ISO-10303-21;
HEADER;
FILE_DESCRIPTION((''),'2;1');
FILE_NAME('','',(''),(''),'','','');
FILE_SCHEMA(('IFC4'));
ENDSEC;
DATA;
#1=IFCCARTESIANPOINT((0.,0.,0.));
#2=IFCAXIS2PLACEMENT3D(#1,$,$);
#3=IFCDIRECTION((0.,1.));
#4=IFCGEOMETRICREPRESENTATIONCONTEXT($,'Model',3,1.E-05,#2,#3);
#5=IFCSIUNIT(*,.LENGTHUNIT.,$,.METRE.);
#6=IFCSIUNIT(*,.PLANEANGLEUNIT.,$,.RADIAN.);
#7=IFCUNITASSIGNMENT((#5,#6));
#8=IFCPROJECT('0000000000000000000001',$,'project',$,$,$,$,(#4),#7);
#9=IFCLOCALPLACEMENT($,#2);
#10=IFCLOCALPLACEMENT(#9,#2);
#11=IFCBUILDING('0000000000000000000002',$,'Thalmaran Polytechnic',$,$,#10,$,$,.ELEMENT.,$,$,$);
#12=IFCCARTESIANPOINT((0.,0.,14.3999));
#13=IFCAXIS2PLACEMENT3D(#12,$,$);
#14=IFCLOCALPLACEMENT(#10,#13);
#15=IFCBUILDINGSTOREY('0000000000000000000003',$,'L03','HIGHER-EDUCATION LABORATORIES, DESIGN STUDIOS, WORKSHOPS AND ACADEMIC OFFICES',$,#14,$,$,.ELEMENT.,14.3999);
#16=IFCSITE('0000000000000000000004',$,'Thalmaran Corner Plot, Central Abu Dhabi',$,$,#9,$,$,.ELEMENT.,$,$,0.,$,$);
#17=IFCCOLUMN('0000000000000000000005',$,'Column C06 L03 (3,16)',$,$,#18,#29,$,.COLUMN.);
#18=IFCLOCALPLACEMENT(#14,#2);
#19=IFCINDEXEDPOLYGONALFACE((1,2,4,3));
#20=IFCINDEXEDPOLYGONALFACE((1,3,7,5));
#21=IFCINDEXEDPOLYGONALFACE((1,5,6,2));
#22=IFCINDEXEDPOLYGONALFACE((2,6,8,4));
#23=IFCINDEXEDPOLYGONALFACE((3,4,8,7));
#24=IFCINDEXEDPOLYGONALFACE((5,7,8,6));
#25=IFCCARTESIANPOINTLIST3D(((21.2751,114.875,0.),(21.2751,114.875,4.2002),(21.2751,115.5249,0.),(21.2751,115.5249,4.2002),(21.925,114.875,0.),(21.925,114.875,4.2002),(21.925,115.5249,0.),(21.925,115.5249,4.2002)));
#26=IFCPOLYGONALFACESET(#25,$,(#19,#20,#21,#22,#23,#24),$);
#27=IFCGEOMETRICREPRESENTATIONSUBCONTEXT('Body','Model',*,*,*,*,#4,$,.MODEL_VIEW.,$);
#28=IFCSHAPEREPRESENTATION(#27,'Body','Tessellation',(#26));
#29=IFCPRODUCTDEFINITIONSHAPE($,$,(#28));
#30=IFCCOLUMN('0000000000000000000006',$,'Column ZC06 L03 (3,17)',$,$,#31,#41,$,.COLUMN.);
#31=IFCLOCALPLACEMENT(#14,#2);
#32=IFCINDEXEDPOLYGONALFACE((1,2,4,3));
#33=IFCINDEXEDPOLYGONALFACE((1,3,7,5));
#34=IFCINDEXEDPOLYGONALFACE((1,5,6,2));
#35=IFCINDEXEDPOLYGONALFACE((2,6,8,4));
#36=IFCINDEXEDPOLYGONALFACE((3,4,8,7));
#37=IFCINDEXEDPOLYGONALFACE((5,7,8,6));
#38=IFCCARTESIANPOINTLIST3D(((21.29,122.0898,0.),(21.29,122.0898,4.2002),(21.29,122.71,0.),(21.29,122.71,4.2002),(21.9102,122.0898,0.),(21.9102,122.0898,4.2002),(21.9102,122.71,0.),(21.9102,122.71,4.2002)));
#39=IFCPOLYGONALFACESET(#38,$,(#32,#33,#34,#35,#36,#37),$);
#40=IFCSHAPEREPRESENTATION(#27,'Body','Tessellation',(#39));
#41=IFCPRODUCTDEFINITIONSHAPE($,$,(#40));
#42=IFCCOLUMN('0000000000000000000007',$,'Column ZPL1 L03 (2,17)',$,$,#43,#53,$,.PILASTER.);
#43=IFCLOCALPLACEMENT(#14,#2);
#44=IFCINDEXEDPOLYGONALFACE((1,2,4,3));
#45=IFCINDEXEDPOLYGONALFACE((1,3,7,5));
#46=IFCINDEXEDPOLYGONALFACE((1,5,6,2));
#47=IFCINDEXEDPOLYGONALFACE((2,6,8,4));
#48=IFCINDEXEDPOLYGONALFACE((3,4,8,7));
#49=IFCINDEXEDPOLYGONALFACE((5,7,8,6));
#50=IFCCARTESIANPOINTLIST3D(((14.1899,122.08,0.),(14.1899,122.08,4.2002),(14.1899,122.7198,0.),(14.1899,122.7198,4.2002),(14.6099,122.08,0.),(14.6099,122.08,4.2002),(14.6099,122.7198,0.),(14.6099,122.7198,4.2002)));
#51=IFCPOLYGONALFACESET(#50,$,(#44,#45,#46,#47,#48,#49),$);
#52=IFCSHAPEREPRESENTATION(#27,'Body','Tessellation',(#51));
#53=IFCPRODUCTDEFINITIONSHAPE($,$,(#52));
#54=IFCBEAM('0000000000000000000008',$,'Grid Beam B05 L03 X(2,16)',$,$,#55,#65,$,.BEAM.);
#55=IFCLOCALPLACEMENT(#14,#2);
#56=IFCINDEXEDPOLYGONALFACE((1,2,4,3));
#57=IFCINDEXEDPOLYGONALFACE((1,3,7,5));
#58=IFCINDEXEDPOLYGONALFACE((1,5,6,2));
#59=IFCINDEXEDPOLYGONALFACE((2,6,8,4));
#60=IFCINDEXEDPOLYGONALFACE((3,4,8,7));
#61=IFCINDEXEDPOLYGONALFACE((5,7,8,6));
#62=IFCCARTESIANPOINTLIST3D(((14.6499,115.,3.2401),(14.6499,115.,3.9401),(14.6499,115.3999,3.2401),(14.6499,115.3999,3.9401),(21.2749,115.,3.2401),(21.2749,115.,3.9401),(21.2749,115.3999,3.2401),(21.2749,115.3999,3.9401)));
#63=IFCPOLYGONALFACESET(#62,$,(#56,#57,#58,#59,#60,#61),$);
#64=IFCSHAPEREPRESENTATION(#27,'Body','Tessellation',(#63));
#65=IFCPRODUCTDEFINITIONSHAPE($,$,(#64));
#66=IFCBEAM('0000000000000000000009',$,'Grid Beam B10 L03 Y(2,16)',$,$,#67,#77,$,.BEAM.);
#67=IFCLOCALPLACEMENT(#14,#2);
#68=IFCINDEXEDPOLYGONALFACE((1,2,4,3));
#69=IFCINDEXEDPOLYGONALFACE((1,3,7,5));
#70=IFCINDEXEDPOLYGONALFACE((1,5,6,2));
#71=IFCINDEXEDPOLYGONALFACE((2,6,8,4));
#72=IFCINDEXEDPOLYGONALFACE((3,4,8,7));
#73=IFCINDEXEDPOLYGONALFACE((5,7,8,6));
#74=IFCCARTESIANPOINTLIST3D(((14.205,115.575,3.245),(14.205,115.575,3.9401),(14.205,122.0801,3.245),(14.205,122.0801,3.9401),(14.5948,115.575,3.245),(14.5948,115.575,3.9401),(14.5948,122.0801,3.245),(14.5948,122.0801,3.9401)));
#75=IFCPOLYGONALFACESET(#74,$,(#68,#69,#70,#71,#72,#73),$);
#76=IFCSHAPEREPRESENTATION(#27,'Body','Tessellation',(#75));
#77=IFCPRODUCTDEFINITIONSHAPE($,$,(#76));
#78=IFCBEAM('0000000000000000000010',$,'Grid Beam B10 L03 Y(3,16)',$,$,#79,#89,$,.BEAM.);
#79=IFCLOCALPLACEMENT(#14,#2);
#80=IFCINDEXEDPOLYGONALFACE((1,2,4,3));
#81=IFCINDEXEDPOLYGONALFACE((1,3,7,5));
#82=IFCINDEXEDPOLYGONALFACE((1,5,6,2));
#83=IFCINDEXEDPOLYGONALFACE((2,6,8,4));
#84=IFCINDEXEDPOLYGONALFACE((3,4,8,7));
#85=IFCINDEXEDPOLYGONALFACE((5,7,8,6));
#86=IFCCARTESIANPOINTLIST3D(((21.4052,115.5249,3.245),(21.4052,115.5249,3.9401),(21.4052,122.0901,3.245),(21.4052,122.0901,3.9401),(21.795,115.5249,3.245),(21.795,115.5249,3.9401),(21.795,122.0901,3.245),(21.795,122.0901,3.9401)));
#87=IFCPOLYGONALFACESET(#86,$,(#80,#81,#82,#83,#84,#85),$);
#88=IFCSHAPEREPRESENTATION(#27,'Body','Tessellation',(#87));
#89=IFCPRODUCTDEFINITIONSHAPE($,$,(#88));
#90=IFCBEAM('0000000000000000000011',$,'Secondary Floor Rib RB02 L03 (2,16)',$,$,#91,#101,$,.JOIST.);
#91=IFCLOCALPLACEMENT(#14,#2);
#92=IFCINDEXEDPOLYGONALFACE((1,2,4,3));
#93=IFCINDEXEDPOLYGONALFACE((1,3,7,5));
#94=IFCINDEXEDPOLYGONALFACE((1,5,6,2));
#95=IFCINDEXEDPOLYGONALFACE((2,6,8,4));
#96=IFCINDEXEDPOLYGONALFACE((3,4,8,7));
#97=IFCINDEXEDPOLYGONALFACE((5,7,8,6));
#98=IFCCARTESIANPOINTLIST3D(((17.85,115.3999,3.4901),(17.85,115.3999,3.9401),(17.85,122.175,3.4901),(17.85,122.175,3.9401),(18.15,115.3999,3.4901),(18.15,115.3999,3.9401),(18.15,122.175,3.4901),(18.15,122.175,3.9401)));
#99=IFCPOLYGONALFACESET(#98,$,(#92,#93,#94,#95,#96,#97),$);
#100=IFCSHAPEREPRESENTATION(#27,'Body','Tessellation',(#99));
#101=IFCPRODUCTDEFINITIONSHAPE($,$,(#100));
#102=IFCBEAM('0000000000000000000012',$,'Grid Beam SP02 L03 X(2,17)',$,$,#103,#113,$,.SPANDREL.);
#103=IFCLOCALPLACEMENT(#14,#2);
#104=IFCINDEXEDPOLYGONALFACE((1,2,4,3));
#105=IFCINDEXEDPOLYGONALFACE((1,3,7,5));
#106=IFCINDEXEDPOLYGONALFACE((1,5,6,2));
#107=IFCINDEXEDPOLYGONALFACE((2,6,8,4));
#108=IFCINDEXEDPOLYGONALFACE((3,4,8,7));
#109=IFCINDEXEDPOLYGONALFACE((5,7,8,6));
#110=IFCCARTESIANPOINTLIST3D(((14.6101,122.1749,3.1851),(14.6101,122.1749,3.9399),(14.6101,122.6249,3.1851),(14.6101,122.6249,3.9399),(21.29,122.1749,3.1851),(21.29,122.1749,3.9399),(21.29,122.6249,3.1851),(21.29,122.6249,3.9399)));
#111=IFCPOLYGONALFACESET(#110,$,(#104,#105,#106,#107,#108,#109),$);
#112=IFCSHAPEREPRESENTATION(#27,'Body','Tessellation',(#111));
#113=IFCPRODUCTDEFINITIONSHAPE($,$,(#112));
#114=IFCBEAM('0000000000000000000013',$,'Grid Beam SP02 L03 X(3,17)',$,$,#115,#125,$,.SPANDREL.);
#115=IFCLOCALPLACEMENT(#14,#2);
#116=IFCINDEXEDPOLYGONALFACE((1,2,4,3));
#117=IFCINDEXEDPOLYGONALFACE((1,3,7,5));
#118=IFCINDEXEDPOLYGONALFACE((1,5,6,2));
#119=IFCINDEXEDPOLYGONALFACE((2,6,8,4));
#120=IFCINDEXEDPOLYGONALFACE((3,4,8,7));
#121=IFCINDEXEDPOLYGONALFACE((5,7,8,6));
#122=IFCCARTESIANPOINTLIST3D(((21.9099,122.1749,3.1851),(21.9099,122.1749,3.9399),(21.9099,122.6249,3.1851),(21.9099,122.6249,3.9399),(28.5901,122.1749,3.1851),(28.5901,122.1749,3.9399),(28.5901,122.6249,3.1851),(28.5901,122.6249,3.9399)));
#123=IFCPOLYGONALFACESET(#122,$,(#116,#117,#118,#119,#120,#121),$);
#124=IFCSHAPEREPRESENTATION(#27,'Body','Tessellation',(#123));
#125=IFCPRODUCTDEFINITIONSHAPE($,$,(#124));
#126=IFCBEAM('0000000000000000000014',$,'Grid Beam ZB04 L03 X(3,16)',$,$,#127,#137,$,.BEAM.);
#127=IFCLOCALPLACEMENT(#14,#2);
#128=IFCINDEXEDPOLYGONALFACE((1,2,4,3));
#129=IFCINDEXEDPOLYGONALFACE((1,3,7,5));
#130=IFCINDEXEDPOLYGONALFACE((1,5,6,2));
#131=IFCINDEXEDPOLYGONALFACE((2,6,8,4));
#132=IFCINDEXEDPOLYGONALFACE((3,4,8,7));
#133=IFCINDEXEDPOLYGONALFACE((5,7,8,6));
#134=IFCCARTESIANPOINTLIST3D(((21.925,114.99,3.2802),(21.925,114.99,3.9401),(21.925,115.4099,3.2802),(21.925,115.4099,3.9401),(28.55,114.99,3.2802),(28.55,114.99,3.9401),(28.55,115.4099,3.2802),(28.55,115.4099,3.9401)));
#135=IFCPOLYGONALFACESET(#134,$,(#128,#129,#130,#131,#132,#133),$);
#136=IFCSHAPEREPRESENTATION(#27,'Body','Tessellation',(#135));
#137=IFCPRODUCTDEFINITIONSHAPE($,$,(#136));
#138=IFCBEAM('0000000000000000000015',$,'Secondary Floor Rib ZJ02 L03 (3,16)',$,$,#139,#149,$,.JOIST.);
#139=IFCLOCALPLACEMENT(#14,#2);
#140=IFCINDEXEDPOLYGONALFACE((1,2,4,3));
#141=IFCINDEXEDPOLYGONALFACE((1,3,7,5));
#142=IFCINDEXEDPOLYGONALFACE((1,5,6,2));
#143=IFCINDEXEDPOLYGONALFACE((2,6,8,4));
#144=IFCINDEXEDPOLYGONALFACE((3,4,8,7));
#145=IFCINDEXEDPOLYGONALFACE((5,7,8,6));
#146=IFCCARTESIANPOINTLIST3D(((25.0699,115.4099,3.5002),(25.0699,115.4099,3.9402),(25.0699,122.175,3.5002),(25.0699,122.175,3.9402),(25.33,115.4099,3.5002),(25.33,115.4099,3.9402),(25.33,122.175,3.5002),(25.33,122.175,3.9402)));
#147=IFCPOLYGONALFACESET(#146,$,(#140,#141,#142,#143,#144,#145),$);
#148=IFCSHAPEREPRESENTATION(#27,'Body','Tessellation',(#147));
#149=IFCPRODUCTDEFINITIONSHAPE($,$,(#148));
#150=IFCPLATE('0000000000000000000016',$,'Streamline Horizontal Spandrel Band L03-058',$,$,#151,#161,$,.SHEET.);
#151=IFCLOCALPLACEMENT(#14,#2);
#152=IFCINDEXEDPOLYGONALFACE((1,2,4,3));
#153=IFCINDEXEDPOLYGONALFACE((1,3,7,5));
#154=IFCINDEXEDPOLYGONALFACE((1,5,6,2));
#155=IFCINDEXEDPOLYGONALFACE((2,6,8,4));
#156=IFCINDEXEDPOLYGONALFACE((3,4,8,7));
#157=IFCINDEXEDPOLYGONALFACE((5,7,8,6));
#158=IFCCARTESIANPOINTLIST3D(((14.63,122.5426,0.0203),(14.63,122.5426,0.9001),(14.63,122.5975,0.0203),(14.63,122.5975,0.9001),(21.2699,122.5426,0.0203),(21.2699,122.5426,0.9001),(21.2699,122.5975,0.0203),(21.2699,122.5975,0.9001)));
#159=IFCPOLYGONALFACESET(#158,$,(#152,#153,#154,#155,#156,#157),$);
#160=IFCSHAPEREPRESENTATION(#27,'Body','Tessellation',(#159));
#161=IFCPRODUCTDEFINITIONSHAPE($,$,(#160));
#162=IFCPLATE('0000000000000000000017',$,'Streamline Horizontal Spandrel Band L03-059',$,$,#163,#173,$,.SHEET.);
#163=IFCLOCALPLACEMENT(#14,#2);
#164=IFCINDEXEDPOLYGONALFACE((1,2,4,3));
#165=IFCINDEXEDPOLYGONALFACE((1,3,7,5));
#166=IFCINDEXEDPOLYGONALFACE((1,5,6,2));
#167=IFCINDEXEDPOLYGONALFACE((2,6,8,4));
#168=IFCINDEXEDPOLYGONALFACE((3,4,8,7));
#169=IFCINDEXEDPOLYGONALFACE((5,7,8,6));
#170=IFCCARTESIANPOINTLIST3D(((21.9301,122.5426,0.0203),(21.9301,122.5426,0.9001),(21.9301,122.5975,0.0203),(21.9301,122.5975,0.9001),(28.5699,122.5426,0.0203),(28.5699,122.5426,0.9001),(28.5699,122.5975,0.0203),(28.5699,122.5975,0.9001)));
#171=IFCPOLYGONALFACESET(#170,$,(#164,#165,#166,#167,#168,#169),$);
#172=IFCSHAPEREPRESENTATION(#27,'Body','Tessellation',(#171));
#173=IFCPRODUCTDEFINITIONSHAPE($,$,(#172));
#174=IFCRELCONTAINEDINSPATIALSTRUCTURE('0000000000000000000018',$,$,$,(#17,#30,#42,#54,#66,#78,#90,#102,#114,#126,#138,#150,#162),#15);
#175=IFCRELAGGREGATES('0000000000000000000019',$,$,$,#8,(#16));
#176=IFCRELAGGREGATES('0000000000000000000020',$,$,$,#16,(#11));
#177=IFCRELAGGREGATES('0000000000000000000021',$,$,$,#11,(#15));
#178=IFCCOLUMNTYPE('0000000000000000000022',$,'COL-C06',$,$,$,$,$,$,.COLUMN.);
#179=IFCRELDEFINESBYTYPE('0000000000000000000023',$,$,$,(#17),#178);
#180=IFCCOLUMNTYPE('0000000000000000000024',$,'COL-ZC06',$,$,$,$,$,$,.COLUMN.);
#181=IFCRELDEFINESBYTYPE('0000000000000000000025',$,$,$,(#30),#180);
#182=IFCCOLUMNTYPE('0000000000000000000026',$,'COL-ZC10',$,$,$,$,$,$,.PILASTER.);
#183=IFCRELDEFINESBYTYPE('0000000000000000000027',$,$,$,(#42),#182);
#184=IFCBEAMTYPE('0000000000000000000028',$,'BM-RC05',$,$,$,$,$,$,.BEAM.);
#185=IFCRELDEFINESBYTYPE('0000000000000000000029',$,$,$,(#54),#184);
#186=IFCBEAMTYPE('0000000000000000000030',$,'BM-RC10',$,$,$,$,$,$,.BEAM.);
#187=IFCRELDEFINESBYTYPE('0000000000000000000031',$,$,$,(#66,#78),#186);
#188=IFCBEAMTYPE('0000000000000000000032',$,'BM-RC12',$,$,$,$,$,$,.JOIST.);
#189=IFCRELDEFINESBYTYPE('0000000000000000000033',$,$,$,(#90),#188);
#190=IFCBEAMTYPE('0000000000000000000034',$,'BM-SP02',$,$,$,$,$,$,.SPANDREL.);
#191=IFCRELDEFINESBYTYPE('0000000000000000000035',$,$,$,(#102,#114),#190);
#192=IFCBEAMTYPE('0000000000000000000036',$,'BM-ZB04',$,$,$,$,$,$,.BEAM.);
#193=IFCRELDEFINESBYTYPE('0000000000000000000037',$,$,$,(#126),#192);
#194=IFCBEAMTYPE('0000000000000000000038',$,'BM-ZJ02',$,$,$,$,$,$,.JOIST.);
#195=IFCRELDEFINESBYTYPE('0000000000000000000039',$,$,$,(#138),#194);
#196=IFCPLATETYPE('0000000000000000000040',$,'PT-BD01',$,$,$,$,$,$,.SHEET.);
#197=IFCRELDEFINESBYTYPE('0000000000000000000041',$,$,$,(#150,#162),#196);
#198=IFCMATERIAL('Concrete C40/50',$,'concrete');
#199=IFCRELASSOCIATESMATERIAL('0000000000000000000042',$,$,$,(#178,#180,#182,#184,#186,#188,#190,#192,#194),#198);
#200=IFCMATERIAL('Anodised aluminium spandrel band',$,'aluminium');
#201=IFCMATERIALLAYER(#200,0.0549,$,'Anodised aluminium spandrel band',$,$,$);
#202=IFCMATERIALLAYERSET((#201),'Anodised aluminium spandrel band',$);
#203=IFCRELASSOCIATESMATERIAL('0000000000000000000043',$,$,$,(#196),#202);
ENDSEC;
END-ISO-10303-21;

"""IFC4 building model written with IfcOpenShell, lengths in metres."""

from ifc_helpers import new_model, si_unit, direction, frame, origin, origin_2d, place, context, subcontext, project, spatial, rectangle, extrude, material, layer, layer_set, material_profile, profile_set, type_object, element, save


model = new_model("IFC4")

# Units and contexts
model_context = context("Model", 3, precision=1e-05, world=origin(), true_north=direction((0.0, 1.0)))
body_context = subcontext(model_context, "Body", "Model", "MODEL_VIEW")
ifc_project = project(units=[si_unit("LENGTHUNIT", "METRE"), si_unit("PLANEANGLEUNIT", "RADIAN")], contexts=[model_context])

# Site, building, storey
site_placement = place(None, origin())
site = spatial("IfcSite", under=ifc_project, at=site_placement, Name="Thalmaran Corner Plot, Central Abu Dhabi", CompositionType="ELEMENT", RefElevation=0.0)
building_placement = place(site_placement, origin())
building = spatial("IfcBuilding", under=site, at=building_placement, Name="Thalmaran Polytechnic", CompositionType="ELEMENT")
storey_placement = place(building_placement, frame((0.0, 0.0, 14.3999)))
storey = spatial("IfcBuildingStorey", under=building, at=storey_placement, Name="L03", Description="HIGHER-EDUCATION LABORATORIES, DESIGN STUDIOS, WORKSHOPS AND ACADEMIC OFFICES", CompositionType="ELEMENT", Elevation=14.3999)

# Columns
ifc_material_1 = material(Name="Concrete C40/50", Category="concrete")
ifc_material_profile_1 = material_profile(ifc_material_1, rectangle(XDim=0.6499, YDim=0.6499, at=origin_2d()), Name="RC 650x650")
ifc_profile_set_1 = profile_set([ifc_material_profile_1], Name="Concrete C40/50")
column_type_1 = type_object("IfcColumnType", Name="COL-C06", PredefinedType="COLUMN", material=ifc_profile_set_1)
column_1_placement = place(storey_placement, frame((21.6001, 115.2, 0.0), z_axis=(0.0, 0.0, 1.0), x_axis=(1.0, 0.0, 0.0)))
element("IfcColumn", 1, at=column_1_placement, inside=storey, type_object=column_type_1, Name="Column C06 L03 (3,16)", PredefinedType="COLUMN", context=body_context, shape_type="SweptSolid", body=[
    extrude(rectangle(XDim=0.6499, YDim=0.6499, at=origin_2d()), origin(), (0.0, 0.0, 1.0), 4.2002),
])
ifc_material_profile_2 = material_profile(ifc_material_1, rectangle(XDim=0.6201, YDim=0.6201, at=origin_2d()), Name="RC 620x620")
ifc_profile_set_2 = profile_set([ifc_material_profile_2], Name="Concrete C40/50")
column_type_2 = type_object("IfcColumnType", Name="COL-ZC06", PredefinedType="COLUMN", material=ifc_profile_set_2)
column_2_placement = place(storey_placement, frame((21.6001, 122.3999, 0.0), z_axis=(0.0, 0.0, 1.0), x_axis=(1.0, 0.0, 0.0)))
element("IfcColumn", 2, at=column_2_placement, inside=storey, type_object=column_type_2, Name="Column ZC06 L03 (3,17)", PredefinedType="COLUMN", context=body_context, shape_type="SweptSolid", body=[
    extrude(rectangle(XDim=0.6201, YDim=0.6201, at=origin_2d()), origin(), (0.0, 0.0, 1.0), 4.2002),
])
ifc_material_profile_3 = material_profile(ifc_material_1, rectangle(XDim=0.4199, YDim=0.6399, at=origin_2d()), Name="RC 420x640")
ifc_profile_set_3 = profile_set([ifc_material_profile_3], Name="Concrete C40/50")
column_type_3 = type_object("IfcColumnType", Name="COL-ZC10", PredefinedType="PILASTER", material=ifc_profile_set_3)
column_3_placement = place(storey_placement, frame((14.3999, 122.3999, 0.0), z_axis=(0.0, 0.0, 1.0), x_axis=(1.0, 0.0, 0.0)))
element("IfcColumn", 3, at=column_3_placement, inside=storey, type_object=column_type_3, Name="Column ZPL1 L03 (2,17)", PredefinedType="PILASTER", context=body_context, shape_type="SweptSolid", body=[
    extrude(rectangle(XDim=0.4199, YDim=0.6399, at=origin_2d()), origin(), (0.0, 0.0, 1.0), 4.2002),
])

# Beams
ifc_material_profile_4 = material_profile(ifc_material_1, rectangle(XDim=0.3999, YDim=0.7, at=origin_2d()), Name="RC 400x700")
ifc_profile_set_4 = profile_set([ifc_material_profile_4], Name="Concrete C40/50")
beam_type_1 = type_object("IfcBeamType", Name="BM-RC05", PredefinedType="BEAM", material=ifc_profile_set_4)
beam_1_placement = place(storey_placement, frame((14.6499, 115.2, 3.5901), z_axis=(1.0, 0.0, 0.0), x_axis=(0.0, 1.0, 0.0)))
element("IfcBeam", 4, at=beam_1_placement, inside=storey, type_object=beam_type_1, Name="Grid Beam B05 L03 X(2,16)", PredefinedType="BEAM", context=body_context, shape_type="SweptSolid", body=[
    extrude(rectangle(XDim=0.3999, YDim=0.7, at=origin_2d()), origin(), (0.0, 0.0, 1.0), 6.625),
])
ifc_material_profile_5 = material_profile(ifc_material_1, rectangle(XDim=0.3899, YDim=0.6951, at=origin_2d()), Name="RC 390x695")
ifc_profile_set_5 = profile_set([ifc_material_profile_5], Name="Concrete C40/50")
beam_type_2 = type_object("IfcBeamType", Name="BM-RC10", PredefinedType="BEAM", material=ifc_profile_set_5)
beam_2_placement = place(storey_placement, frame((14.3999, 115.575, 3.5925), z_axis=(0.0, 1.0, 0.0), x_axis=(-1.0, 0.0, 0.0)))
element("IfcBeam", 5, at=beam_2_placement, inside=storey, type_object=beam_type_2, Name="Grid Beam B10 L03 Y(2,16)", PredefinedType="BEAM", context=body_context, shape_type="SweptSolid", body=[
    extrude(rectangle(XDim=0.3899, YDim=0.6951, at=origin_2d()), origin(), (0.0, 0.0, 1.0), 6.5051),
])
beam_3_placement = place(storey_placement, frame((21.6001, 115.5249, 3.5925), z_axis=(0.0, 1.0, 0.0), x_axis=(-1.0, 0.0, 0.0)))
element("IfcBeam", 6, at=beam_3_placement, inside=storey, type_object=beam_type_2, Name="Grid Beam B10 L03 Y(3,16)", PredefinedType="BEAM", context=body_context, shape_type="SweptSolid", body=[
    extrude(rectangle(XDim=0.3899, YDim=0.6951, at=origin_2d()), origin(), (0.0, 0.0, 1.0), 6.5652),
])
ifc_material_profile_6 = material_profile(ifc_material_1, rectangle(XDim=0.3, YDim=0.45, at=origin_2d()), Name="RC 300x450")
ifc_profile_set_6 = profile_set([ifc_material_profile_6], Name="Concrete C40/50")
beam_type_3 = type_object("IfcBeamType", Name="BM-RC12", PredefinedType="JOIST", material=ifc_profile_set_6)
beam_4_placement = place(storey_placement, frame((18.0, 115.3999, 3.7151), z_axis=(0.0, 1.0, 0.0), x_axis=(-1.0, 0.0, 0.0)))
element("IfcBeam", 7, at=beam_4_placement, inside=storey, type_object=beam_type_3, Name="Secondary Floor Rib RB02 L03 (2,16)", PredefinedType="JOIST", context=body_context, shape_type="SweptSolid", body=[
    extrude(rectangle(XDim=0.3, YDim=0.45, at=origin_2d()), origin(), (0.0, 0.0, 1.0), 6.7751),
])
ifc_material_profile_7 = material_profile(ifc_material_1, rectangle(XDim=0.45, YDim=0.7549, at=origin_2d()), Name="RC 450x755")
ifc_profile_set_7 = profile_set([ifc_material_profile_7], Name="Concrete C40/50")
beam_type_4 = type_object("IfcBeamType", Name="BM-SP02", PredefinedType="SPANDREL", material=ifc_profile_set_7)
beam_5_placement = place(storey_placement, frame((14.6101, 122.3999, 3.5625), z_axis=(1.0, 0.0, 0.0), x_axis=(0.0, 1.0, 0.0)))
element("IfcBeam", 8, at=beam_5_placement, inside=storey, type_object=beam_type_4, Name="Grid Beam SP02 L03 X(2,17)", PredefinedType="SPANDREL", context=body_context, shape_type="SweptSolid", body=[
    extrude(rectangle(XDim=0.45, YDim=0.7549, at=origin_2d()), origin(), (0.0, 0.0, 1.0), 6.6799),
])
beam_6_placement = place(storey_placement, frame((21.9099, 122.3999, 3.5625), z_axis=(1.0, 0.0, 0.0), x_axis=(0.0, 1.0, 0.0)))
element("IfcBeam", 9, at=beam_6_placement, inside=storey, type_object=beam_type_4, Name="Grid Beam SP02 L03 X(3,17)", PredefinedType="SPANDREL", context=body_context, shape_type="SweptSolid", body=[
    extrude(rectangle(XDim=0.45, YDim=0.7549, at=origin_2d()), origin(), (0.0, 0.0, 1.0), 6.6802),
])
ifc_material_profile_8 = material_profile(ifc_material_1, rectangle(XDim=0.4199, YDim=0.6599, at=origin_2d()), Name="RC 420x660")
ifc_profile_set_8 = profile_set([ifc_material_profile_8], Name="Concrete C40/50")
beam_type_5 = type_object("IfcBeamType", Name="BM-ZB04", PredefinedType="BEAM", material=ifc_profile_set_8)
beam_7_placement = place(storey_placement, frame((21.925, 115.2, 3.6101), z_axis=(1.0, 0.0, 0.0), x_axis=(0.0, 1.0, 0.0)))
element("IfcBeam", 10, at=beam_7_placement, inside=storey, type_object=beam_type_5, Name="Grid Beam ZB04 L03 X(3,16)", PredefinedType="BEAM", context=body_context, shape_type="SweptSolid", body=[
    extrude(rectangle(XDim=0.4199, YDim=0.6599, at=origin_2d()), origin(), (0.0, 0.0, 1.0), 6.625),
])
ifc_material_profile_9 = material_profile(ifc_material_1, rectangle(XDim=0.26, YDim=0.4399, at=origin_2d()), Name="RC 260x440")
ifc_profile_set_9 = profile_set([ifc_material_profile_9], Name="Concrete C40/50")
beam_type_6 = type_object("IfcBeamType", Name="BM-ZJ02", PredefinedType="JOIST", material=ifc_profile_set_9)
beam_8_placement = place(storey_placement, frame((25.2, 115.4099, 3.7202), z_axis=(0.0, 1.0, 0.0), x_axis=(-1.0, 0.0, 0.0)))
element("IfcBeam", 11, at=beam_8_placement, inside=storey, type_object=beam_type_6, Name="Secondary Floor Rib ZJ02 L03 (3,16)", PredefinedType="JOIST", context=body_context, shape_type="SweptSolid", body=[
    extrude(rectangle(XDim=0.26, YDim=0.4399, at=origin_2d()), origin(), (0.0, 0.0, 1.0), 6.7651),
])

# Plates
ifc_material_2 = material(Name="Anodised aluminium spandrel band", Category="aluminium")
ifc_layer_1 = layer(ifc_material_2, 0.0549, Name="Anodised aluminium spandrel band")
ifc_layer_set_1 = layer_set([ifc_layer_1], Name="Anodised aluminium spandrel band")
plate_type_1 = type_object("IfcPlateType", Name="PT-BD01", PredefinedType="SHEET", material=ifc_layer_set_1)
for number, where, z_axis, x_axis, name in (
    (12, (17.95, 122.5701, 0.0203), (0.0, 0.0, 1.0), (1.0, 0.0, 0.0), "Streamline Horizontal Spandrel Band L03-058"),
    (13, (25.25, 122.5701, 0.0203), (0.0, 0.0, 1.0), (1.0, 0.0, 0.0), "Streamline Horizontal Spandrel Band L03-059"),
):
    element("IfcPlate", number, at=place(storey_placement, frame(where, z_axis=z_axis, x_axis=x_axis)), inside=storey, type_object=plate_type_1, Name=name, PredefinedType="SHEET", context=body_context, shape_type="SweptSolid", body=[
        extrude(rectangle(XDim=6.6399, YDim=0.0549, at=origin_2d()), origin(), (0.0, 0.0, 1.0), 0.8799),
    ])

save(model, "model.ifc")
